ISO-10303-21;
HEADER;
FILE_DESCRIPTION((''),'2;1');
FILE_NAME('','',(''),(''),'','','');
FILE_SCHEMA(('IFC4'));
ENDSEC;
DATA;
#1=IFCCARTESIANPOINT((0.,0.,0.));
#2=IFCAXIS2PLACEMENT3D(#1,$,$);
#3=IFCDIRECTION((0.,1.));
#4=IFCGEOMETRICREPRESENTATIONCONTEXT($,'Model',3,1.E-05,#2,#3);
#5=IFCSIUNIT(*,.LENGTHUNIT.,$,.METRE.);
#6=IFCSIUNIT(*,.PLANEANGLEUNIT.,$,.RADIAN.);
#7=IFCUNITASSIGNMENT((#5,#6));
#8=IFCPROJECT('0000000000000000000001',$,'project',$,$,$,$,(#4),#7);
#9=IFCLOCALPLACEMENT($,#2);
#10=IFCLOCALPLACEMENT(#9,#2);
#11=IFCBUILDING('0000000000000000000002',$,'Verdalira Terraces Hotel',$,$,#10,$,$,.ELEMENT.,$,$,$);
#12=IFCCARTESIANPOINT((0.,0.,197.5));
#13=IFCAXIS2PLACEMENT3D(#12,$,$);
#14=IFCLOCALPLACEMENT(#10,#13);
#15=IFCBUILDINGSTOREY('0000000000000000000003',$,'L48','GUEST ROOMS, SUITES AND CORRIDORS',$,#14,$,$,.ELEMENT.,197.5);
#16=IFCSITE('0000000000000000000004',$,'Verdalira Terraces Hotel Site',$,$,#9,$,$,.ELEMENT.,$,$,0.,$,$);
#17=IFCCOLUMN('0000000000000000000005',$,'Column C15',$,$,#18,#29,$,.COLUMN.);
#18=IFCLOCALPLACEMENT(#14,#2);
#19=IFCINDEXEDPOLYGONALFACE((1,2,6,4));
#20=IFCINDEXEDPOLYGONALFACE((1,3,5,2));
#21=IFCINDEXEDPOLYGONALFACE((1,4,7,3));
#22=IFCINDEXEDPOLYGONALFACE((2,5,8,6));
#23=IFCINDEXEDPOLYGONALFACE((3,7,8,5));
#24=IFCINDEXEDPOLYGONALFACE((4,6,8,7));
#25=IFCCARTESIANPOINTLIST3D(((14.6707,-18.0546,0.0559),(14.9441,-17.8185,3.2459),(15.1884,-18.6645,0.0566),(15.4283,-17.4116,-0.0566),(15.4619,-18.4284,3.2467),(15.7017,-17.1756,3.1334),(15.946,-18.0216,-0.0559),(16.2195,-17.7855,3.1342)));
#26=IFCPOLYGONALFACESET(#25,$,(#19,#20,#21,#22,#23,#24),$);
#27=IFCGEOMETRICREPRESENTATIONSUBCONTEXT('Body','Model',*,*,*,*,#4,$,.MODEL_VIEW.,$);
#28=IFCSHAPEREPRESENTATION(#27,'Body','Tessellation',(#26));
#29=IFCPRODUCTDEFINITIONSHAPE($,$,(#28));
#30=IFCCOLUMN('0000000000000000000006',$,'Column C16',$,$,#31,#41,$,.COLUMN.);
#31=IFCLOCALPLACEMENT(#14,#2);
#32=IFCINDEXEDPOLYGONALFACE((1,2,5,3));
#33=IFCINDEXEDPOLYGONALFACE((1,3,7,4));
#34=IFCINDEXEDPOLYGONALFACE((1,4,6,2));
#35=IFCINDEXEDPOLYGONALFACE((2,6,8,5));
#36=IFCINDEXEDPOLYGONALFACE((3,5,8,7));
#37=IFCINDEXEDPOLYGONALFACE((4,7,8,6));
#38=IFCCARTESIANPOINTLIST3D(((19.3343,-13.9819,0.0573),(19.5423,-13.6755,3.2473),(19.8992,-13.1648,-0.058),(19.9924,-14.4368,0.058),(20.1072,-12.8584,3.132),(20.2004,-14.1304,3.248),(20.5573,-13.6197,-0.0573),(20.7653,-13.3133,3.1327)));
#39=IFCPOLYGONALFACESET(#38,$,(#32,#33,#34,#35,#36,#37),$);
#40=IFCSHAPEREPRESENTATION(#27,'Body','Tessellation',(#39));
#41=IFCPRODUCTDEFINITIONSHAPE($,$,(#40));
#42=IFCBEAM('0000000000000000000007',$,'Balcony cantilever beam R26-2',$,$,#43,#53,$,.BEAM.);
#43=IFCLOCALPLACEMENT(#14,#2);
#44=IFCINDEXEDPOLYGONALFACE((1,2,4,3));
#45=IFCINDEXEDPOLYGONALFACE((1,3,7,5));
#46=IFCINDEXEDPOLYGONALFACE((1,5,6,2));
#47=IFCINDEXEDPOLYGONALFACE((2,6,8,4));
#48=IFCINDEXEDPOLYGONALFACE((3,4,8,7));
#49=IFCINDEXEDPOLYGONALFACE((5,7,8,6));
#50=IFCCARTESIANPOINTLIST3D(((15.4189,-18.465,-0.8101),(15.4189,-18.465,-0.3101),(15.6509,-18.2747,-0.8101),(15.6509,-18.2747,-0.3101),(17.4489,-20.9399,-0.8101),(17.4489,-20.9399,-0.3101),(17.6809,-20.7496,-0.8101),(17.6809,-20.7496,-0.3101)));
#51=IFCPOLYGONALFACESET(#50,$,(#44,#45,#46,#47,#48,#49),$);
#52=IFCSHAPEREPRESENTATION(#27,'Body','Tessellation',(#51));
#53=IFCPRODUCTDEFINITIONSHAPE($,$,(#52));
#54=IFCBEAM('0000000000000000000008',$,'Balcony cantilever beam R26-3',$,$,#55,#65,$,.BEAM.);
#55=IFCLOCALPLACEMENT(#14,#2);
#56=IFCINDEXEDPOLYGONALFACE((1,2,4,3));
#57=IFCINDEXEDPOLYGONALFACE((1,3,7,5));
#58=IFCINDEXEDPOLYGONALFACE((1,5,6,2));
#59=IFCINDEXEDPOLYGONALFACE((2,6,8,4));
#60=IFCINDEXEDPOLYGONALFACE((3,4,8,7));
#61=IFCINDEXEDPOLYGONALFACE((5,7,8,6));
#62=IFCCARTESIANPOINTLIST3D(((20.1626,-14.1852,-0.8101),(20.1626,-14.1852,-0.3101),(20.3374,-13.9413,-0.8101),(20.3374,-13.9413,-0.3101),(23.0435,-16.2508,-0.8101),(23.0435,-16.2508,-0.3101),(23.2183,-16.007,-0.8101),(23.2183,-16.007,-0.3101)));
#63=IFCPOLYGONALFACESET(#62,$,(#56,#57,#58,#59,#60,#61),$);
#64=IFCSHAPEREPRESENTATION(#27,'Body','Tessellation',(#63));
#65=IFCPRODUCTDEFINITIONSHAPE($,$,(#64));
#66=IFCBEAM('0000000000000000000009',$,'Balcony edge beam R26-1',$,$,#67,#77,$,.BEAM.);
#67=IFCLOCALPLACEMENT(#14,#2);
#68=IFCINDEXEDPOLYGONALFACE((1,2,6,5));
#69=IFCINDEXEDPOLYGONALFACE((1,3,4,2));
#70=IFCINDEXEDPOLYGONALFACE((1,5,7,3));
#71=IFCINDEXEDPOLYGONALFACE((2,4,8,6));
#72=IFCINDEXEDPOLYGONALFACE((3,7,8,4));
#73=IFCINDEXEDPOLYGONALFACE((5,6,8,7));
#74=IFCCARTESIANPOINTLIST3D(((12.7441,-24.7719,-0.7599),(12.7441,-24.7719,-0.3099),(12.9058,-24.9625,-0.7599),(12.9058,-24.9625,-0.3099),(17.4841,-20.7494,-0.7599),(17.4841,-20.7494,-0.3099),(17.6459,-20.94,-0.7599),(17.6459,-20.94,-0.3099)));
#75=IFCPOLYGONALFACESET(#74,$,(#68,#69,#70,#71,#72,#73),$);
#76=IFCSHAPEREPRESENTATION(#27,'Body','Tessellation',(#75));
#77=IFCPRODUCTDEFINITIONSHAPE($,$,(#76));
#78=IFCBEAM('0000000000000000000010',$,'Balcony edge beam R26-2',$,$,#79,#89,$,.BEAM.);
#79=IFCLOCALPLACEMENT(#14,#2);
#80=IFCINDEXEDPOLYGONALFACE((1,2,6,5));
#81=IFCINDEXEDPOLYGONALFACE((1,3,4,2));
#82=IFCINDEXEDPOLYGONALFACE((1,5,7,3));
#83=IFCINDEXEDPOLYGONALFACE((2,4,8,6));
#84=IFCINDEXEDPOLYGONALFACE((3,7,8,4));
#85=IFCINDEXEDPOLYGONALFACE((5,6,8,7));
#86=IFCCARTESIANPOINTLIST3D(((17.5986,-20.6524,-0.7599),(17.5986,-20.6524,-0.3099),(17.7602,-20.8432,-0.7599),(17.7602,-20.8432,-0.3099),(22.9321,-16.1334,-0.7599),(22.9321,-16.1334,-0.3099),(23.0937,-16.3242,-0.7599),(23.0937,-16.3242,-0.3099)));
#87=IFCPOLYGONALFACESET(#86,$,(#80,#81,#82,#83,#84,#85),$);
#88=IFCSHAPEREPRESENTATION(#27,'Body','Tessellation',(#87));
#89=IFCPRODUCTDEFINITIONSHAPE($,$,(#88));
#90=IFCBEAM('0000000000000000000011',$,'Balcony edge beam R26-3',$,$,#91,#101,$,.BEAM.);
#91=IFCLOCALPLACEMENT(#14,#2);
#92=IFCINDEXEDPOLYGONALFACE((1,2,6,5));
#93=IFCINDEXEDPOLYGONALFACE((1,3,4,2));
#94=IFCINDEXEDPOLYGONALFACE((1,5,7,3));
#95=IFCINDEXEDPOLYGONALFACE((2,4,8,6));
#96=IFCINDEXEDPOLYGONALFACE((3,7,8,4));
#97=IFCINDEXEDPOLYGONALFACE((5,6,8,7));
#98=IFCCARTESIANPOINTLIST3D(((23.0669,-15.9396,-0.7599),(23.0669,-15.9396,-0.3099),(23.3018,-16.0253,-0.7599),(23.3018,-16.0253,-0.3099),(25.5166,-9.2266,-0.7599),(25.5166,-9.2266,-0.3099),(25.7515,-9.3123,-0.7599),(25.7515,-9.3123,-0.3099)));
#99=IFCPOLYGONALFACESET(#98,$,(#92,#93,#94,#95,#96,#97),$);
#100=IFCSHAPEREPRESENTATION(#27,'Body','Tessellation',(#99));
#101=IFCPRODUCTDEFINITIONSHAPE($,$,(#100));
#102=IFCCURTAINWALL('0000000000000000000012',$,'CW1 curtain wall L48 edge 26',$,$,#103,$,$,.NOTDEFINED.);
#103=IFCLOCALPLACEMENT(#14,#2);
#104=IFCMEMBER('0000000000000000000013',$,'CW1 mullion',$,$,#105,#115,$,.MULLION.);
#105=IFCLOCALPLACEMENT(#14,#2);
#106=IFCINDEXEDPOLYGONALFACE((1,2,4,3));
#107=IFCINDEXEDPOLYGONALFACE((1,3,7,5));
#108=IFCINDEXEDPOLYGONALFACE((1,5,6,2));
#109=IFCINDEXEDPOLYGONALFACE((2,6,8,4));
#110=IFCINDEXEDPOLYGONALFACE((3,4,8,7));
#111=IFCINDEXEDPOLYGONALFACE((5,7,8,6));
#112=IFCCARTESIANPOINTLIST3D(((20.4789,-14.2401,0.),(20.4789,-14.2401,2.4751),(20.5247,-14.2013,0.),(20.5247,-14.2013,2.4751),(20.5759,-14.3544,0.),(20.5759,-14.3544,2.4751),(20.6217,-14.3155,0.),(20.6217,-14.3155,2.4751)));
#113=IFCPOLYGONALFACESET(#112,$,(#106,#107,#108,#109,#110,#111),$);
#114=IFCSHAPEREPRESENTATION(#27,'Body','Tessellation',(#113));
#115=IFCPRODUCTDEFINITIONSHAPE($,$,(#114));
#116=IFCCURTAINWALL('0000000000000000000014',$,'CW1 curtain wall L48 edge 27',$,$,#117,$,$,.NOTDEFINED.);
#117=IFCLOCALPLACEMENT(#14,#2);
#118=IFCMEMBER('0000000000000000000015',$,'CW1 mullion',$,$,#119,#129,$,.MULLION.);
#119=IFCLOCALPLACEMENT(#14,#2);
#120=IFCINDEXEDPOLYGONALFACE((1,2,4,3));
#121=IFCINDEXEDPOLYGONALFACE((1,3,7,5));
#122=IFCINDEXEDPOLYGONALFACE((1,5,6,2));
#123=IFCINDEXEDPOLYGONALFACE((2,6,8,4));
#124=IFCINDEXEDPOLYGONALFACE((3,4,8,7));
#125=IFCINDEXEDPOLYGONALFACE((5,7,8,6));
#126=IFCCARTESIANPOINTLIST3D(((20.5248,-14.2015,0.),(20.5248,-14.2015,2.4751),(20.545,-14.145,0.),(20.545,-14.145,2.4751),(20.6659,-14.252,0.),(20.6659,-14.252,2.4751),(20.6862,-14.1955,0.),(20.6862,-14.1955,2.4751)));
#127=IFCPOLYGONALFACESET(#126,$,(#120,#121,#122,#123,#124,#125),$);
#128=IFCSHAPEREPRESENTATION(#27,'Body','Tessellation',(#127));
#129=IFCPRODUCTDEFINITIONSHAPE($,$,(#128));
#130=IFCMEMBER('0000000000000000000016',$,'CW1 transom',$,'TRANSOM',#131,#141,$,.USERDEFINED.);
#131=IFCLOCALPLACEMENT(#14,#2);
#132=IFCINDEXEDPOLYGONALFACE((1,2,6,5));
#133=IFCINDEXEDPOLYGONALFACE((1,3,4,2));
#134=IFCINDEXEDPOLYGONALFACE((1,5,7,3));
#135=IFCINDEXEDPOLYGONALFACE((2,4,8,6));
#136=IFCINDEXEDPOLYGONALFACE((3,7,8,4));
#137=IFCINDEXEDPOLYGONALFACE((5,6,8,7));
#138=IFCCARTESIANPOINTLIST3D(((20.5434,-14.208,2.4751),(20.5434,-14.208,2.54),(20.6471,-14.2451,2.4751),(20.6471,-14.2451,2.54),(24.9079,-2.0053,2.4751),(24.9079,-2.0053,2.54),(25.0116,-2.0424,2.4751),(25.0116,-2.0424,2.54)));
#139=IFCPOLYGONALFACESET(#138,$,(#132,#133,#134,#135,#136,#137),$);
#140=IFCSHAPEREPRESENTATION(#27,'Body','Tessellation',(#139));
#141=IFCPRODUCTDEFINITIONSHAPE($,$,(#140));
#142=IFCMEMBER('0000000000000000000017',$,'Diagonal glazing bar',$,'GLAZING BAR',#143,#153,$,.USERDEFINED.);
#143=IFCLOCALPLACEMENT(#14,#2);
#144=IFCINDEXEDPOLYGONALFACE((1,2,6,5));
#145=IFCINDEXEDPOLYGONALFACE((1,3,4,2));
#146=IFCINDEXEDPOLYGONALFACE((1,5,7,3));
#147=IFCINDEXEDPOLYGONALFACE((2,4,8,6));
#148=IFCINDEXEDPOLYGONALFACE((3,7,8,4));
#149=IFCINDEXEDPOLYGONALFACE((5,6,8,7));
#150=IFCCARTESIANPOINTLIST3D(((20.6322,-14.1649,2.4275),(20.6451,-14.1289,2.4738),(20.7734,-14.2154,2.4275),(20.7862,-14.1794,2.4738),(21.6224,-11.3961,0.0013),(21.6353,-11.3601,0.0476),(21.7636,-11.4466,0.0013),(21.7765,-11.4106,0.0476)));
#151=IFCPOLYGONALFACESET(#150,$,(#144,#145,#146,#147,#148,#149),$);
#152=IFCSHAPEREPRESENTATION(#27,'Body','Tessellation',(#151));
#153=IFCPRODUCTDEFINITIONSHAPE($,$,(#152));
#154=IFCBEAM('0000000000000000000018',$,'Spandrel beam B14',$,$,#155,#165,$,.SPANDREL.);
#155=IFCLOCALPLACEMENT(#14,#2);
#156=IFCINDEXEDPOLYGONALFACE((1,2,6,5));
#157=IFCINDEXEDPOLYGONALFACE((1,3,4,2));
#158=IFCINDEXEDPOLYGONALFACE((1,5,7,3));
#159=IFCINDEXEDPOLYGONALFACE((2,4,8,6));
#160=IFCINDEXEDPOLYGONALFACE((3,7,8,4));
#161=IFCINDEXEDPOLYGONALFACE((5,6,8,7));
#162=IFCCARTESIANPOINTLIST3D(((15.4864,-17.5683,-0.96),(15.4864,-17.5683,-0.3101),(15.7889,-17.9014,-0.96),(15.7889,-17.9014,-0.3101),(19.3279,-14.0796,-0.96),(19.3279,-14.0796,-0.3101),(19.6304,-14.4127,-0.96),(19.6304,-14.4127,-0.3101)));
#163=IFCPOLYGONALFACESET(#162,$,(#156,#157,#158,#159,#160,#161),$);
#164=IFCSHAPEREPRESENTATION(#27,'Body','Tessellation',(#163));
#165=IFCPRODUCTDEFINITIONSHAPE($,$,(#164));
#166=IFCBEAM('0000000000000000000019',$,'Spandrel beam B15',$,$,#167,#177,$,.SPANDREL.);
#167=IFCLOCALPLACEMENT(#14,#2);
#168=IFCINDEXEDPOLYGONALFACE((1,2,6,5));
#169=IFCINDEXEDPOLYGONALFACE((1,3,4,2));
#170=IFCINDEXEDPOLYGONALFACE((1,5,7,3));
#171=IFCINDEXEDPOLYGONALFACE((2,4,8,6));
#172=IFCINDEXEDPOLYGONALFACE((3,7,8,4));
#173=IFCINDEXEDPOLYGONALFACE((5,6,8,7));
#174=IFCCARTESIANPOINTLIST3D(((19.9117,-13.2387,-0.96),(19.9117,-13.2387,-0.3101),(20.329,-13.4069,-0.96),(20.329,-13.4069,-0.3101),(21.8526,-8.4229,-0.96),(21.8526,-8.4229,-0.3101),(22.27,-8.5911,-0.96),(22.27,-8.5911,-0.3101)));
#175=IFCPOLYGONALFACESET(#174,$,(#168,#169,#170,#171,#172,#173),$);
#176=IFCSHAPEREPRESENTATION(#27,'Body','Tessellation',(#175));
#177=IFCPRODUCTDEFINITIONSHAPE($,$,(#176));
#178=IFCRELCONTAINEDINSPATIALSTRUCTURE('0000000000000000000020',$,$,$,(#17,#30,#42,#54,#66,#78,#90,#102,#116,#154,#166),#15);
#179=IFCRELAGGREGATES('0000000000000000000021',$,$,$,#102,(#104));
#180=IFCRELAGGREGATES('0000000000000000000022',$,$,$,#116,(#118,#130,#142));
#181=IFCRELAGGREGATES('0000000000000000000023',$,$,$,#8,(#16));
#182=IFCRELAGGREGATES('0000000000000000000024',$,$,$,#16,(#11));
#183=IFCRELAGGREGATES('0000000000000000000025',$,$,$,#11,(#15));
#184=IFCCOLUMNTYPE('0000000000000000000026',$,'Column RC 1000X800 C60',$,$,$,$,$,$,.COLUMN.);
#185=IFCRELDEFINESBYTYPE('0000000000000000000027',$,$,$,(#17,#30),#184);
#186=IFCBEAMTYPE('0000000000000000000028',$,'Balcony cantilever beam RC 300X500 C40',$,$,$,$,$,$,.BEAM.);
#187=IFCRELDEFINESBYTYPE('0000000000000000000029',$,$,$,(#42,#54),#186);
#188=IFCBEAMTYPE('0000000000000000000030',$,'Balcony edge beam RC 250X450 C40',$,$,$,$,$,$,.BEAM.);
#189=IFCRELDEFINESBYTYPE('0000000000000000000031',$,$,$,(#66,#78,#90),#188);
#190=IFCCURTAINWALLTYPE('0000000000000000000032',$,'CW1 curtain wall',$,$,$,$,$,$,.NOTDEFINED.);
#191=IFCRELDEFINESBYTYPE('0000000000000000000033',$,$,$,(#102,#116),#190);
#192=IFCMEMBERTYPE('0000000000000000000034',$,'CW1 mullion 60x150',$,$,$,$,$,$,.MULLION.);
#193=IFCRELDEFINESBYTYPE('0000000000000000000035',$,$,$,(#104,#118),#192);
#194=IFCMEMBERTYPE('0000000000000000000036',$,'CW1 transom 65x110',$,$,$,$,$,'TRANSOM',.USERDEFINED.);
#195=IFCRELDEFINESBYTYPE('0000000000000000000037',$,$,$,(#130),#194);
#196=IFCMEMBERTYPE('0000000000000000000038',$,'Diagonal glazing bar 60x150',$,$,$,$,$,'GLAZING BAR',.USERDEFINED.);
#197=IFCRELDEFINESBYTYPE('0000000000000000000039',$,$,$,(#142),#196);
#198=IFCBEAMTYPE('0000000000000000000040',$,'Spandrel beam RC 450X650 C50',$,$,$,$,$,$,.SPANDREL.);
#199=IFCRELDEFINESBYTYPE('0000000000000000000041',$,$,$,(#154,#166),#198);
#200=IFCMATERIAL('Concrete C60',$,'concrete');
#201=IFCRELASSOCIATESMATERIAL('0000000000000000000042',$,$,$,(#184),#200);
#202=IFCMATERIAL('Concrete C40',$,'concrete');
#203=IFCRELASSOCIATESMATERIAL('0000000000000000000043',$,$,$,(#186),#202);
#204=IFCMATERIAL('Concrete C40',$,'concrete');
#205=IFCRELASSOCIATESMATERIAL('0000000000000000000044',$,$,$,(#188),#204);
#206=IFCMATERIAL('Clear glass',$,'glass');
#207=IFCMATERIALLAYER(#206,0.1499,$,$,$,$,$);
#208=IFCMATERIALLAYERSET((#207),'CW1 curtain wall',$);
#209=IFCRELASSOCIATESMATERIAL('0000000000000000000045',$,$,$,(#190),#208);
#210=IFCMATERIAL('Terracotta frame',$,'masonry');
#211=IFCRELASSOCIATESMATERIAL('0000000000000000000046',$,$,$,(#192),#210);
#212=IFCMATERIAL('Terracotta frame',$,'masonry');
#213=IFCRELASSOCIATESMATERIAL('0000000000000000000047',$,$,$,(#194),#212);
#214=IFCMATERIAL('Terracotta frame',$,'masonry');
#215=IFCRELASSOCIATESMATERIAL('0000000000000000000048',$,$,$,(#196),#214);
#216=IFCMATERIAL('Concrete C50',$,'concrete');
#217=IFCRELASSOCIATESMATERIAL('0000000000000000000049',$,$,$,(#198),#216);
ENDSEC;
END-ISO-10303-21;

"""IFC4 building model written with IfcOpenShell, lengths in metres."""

from ifc_helpers import new_model, si_unit, direction, frame, origin, origin_2d, place, context, subcontext, project, spatial, rectangle, extrude, material, layer, layer_set, material_profile, profile_set, type_object, element, aggregate, save


model = new_model("IFC4")

# Units and contexts
model_context = context("Model", 3, precision=1e-05, world=origin(), true_north=direction((0.0, 1.0)))
body_context = subcontext(model_context, "Body", "Model", "MODEL_VIEW")
ifc_project = project(units=[si_unit("LENGTHUNIT", "METRE"), si_unit("PLANEANGLEUNIT", "RADIAN")], contexts=[model_context])

# Site, building, storey
site_placement = place(None, origin())
site = spatial("IfcSite", under=ifc_project, at=site_placement, Name="Verdalira Terraces Hotel Site", CompositionType="ELEMENT", RefElevation=0.0)
building_placement = place(site_placement, origin())
building = spatial("IfcBuilding", under=site, at=building_placement, Name="Verdalira Terraces Hotel", CompositionType="ELEMENT")
storey_placement = place(building_placement, frame((0.0, 0.0, 197.5)))
storey = spatial("IfcBuildingStorey", under=building, at=storey_placement, Name="L48", Description="GUEST ROOMS, SUITES AND CORRIDORS", CompositionType="ELEMENT", Elevation=197.5)

# Columns
ifc_material_1 = material(Name="Concrete C60", Category="concrete")
ifc_material_profile_1 = material_profile(ifc_material_1, rectangle(XDim=1.0, YDim=0.8, at=origin_2d()), Name="RC 1000X800")
ifc_profile_set_1 = profile_set([ifc_material_profile_1], Name="Concrete C60")
column_type = type_object("IfcColumnType", Name="Column RC 1000X800 C60", PredefinedType="COLUMN", material=ifc_profile_set_1)
column_1_placement = place(storey_placement, frame((15.3084, -18.0381, 0.0), z_axis=(0.085174, 0.073539, 0.993649), x_axis=(0.75759, 0.642958, -0.112524)))
element("IfcColumn", 1, at=column_1_placement, inside=storey, type_object=column_type, Name="Column C15", PredefinedType="COLUMN", context=body_context, shape_type="SweptSolid", body=[
    extrude(rectangle(XDim=1.0, YDim=0.8, at=origin_2d()), origin(), (0.0, 0.0, 1.0), 3.2104),
])
column_2_placement = place(storey_placement, frame((19.9458, -13.8008, 0.0), z_axis=(0.064772, 0.09541, 0.993328), x_axis=(-0.564889, -0.81707, 0.115315)))
element("IfcColumn", 2, at=column_2_placement, inside=storey, type_object=column_type, Name="Column C16", PredefinedType="COLUMN", context=body_context, shape_type="SweptSolid", body=[
    extrude(rectangle(XDim=1.0, YDim=0.8, at=origin_2d()), origin(), (0.0, 0.0, 1.0), 3.2114),
])

# Beams
ifc_material_2 = material(Name="Concrete C40", Category="concrete")
ifc_material_profile_2 = material_profile(ifc_material_2, rectangle(XDim=0.3, YDim=0.5, at=origin_2d()), Name="RC 300X500")
ifc_profile_set_2 = profile_set([ifc_material_profile_2], Name="Concrete C40")
beam_type_1 = type_object("IfcBeamType", Name="Balcony cantilever beam RC 300X500 C40", PredefinedType="BEAM", material=ifc_profile_set_2)
beam_1_placement = place(storey_placement, frame((15.5349, -18.3699, -0.5601), z_axis=(0.634201, -0.773168, 0.0), x_axis=(0.773168, 0.634201, 0.0)))
element("IfcBeam", 3, at=beam_1_placement, inside=storey, type_object=beam_type_1, Name="Balcony cantilever beam R26-2", PredefinedType="BEAM", context=body_context, shape_type="SweptSolid", body=[
    extrude(rectangle(XDim=0.3, YDim=0.5, at=origin_2d()), origin(), (0.0, 0.0, 1.0), 3.2009),
])
beam_2_placement = place(storey_placement, frame((20.25, -14.0632, -0.5601), z_axis=(0.812676, -0.582716, 0.0), x_axis=(0.582716, 0.812676, 0.0)))
element("IfcBeam", 4, at=beam_2_placement, inside=storey, type_object=beam_type_1, Name="Balcony cantilever beam R26-3", PredefinedType="BEAM", context=body_context, shape_type="SweptSolid", body=[
    extrude(rectangle(XDim=0.3, YDim=0.5, at=origin_2d()), origin(), (0.0, 0.0, 1.0), 3.5449),
])
ifc_material_3 = material(Name="Concrete C40", Category="concrete")
ifc_material_profile_3 = material_profile(ifc_material_3, rectangle(XDim=0.25, YDim=0.45, at=origin_2d()), Name="RC 250X450")
ifc_profile_set_3 = profile_set([ifc_material_profile_3], Name="Concrete C40")
beam_type_2 = type_object("IfcBeamType", Name="Balcony edge beam RC 250X450 C40", PredefinedType="BEAM", material=ifc_profile_set_3)
beam_3_placement = place(storey_placement, frame((12.825, -24.8672, -0.5349), z_axis=(0.762457, 0.647038, 0.0), x_axis=(-0.647038, 0.762457, 0.0)))
element("IfcBeam", 5, at=beam_3_placement, inside=storey, type_object=beam_type_2, Name="Balcony edge beam R26-1", PredefinedType="BEAM", context=body_context, shape_type="SweptSolid", body=[
    extrude(rectangle(XDim=0.25, YDim=0.45, at=origin_2d()), origin(), (0.0, 0.0, 1.0), 6.2168),
])
beam_4_placement = place(storey_placement, frame((17.6794, -20.7478, -0.5349), z_axis=(0.762957, 0.646449, 0.0), x_axis=(-0.646449, 0.762957, 0.0)))
element("IfcBeam", 6, at=beam_4_placement, inside=storey, type_object=beam_type_2, Name="Balcony edge beam R26-2", PredefinedType="BEAM", context=body_context, shape_type="SweptSolid", body=[
    extrude(rectangle(XDim=0.25, YDim=0.45, at=origin_2d()), origin(), (0.0, 0.0, 1.0), 6.9905),
])
beam_5_placement = place(storey_placement, frame((23.1843, -15.9824, -0.5349), z_axis=(0.342813, 0.939404, 0.0), x_axis=(-0.939404, 0.342813, 0.0)))
element("IfcBeam", 7, at=beam_5_placement, inside=storey, type_object=beam_type_2, Name="Balcony edge beam R26-3", PredefinedType="BEAM", context=body_context, shape_type="SweptSolid", body=[
    extrude(rectangle(XDim=0.25, YDim=0.45, at=origin_2d()), origin(), (0.0, 0.0, 1.0), 7.146),
])

# Curtain wall, member
ifc_material_4 = material(Name="Clear glass", Category="glass")
ifc_layer_1 = layer(ifc_material_4, 0.1499)
ifc_layer_set_1 = layer_set([ifc_layer_1], Name="CW1 curtain wall")
curtain_wall_type = type_object("IfcCurtainWallType", Name="CW1 curtain wall", PredefinedType="NOTDEFINED", material=ifc_layer_set_1)
curtain_wall_1_placement = place(storey_placement, origin())
curtain_wall_1 = element("IfcCurtainWall", 8, at=curtain_wall_1_placement, inside=storey, type_object=curtain_wall_type, Name="CW1 curtain wall L48 edge 26", PredefinedType="NOTDEFINED")
ifc_material_5 = material(Name="Terracotta frame", Category="masonry")
ifc_material_profile_4 = material_profile(ifc_material_5, rectangle(XDim=0.0601, YDim=0.1499, at=origin_2d()), Name="MU 60x150")
ifc_profile_set_4 = profile_set([ifc_material_profile_4], Name="Terracotta frame")
member_type_1 = type_object("IfcMemberType", Name="CW1 mullion 60x150", PredefinedType="MULLION", material=ifc_profile_set_4)
member_1_placement = place(storey_placement, frame((20.5503, -14.2778, 0.0), z_axis=(0.0, 0.0, 1.0), x_axis=(0.762443, 0.647056, 0.0)))
member_1 = element("IfcMember", 9, at=member_1_placement, type_object=member_type_1, Name="CW1 mullion", PredefinedType="MULLION", context=body_context, shape_type="SweptSolid", body=[
    extrude(rectangle(XDim=0.0601, YDim=0.1499, at=origin_2d()), origin(), (0.0, 0.0, 1.0), 2.4751),
])

# Curtain wall, members
curtain_wall_2_placement = place(storey_placement, origin())
curtain_wall_2 = element("IfcCurtainWall", 10, at=curtain_wall_2_placement, inside=storey, type_object=curtain_wall_type, Name="CW1 curtain wall L48 edge 27", PredefinedType="NOTDEFINED")
member_2_placement = place(storey_placement, frame((20.6055, -14.1985, 0.0), z_axis=(0.0, 0.0, 1.0), x_axis=(0.336767, 0.941588, 0.0)))
member_2 = element("IfcMember", 11, at=member_2_placement, type_object=member_type_1, Name="CW1 mullion", PredefinedType="MULLION", context=body_context, shape_type="SweptSolid", body=[
    extrude(rectangle(XDim=0.0601, YDim=0.1499, at=origin_2d()), origin(), (0.0, 0.0, 1.0), 2.4751),
])
ifc_material_6 = material(Name="Terracotta frame", Category="masonry")
ifc_material_profile_5 = material_profile(ifc_material_6, rectangle(XDim=0.1101, YDim=0.0649, at=origin_2d()), Name="TR 65x110")
ifc_profile_set_5 = profile_set([ifc_material_profile_5], Name="Terracotta frame")
member_type_2 = type_object("IfcMemberType", Name="CW1 transom 65x110", ElementType="TRANSOM", PredefinedType="USERDEFINED", material=ifc_profile_set_5)
member_3_placement = place(storey_placement, frame((20.5952, -14.2266, 2.5076), z_axis=(0.336776, 0.941585, 0.0), x_axis=(-0.941585, 0.336776, 0.0)))
member_3 = element("IfcMember", 12, at=member_3_placement, type_object=member_type_2, Name="CW1 transom", ObjectType="TRANSOM", PredefinedType="USERDEFINED", context=body_context, shape_type="SweptSolid", body=[
    extrude(rectangle(XDim=0.1101, YDim=0.0649, at=origin_2d()), origin(), (0.0, 0.0, 1.0), 12.9597),
])
ifc_material_7 = material(Name="Terracotta frame", Category="masonry")
ifc_material_profile_6 = material_profile(ifc_material_7, rectangle(XDim=0.1499, YDim=0.0601, at=origin_2d()), Name="GB 60x150")
ifc_profile_set_6 = profile_set([ifc_material_profile_6], Name="Terracotta frame")
member_type_3 = type_object("IfcMemberType", Name="Diagonal glazing bar 60x150", ElementType="GLAZING BAR", PredefinedType="USERDEFINED", material=ifc_profile_set_6)
member_4_placement = place(storey_placement, frame((20.7092, -14.1721, 2.4507), z_axis=(0.259748, 0.726281, -0.636433), x_axis=(-0.941593, 0.336752, 0.0)))
member_4 = element("IfcMember", 13, at=member_4_placement, type_object=member_type_3, Name="Diagonal glazing bar", ObjectType="GLAZING BAR", PredefinedType="USERDEFINED", context=body_context, shape_type="SweptSolid", body=[
    extrude(rectangle(XDim=0.1499, YDim=0.0601, at=origin_2d()), origin(), (0.0, 0.0, 1.0), 3.8123),
])

# Beams
ifc_material_8 = material(Name="Concrete C50", Category="concrete")
ifc_material_profile_7 = material_profile(ifc_material_8, rectangle(XDim=0.45, YDim=0.6499, at=origin_2d()), Name="RC 450X650")
ifc_profile_set_7 = profile_set([ifc_material_profile_7], Name="Concrete C50")
beam_type_3 = type_object("IfcBeamType", Name="Spandrel beam RC 450X650 C50", PredefinedType="SPANDREL", material=ifc_profile_set_7)
beam_6_placement = place(storey_placement, frame((15.6377, -17.7349, -0.635), z_axis=(0.740281, 0.672298, 0.0), x_axis=(-0.672298, 0.740281, 0.0)))
element("IfcBeam", 14, at=beam_6_placement, inside=storey, type_object=beam_type_3, Name="Spandrel beam B14", PredefinedType="SPANDREL", context=body_context, shape_type="SweptSolid", body=[
    extrude(rectangle(XDim=0.45, YDim=0.6499, at=origin_2d()), origin(), (0.0, 0.0, 1.0), 5.1892),
])
beam_7_placement = place(storey_placement, frame((20.1204, -13.3228, -0.635), z_axis=(0.373822, 0.927501, 0.0), x_axis=(-0.927501, 0.373822, 0.0)))
element("IfcBeam", 15, at=beam_7_placement, inside=storey, type_object=beam_type_3, Name="Spandrel beam B15", PredefinedType="SPANDREL", context=body_context, shape_type="SweptSolid", body=[
    extrude(rectangle(XDim=0.45, YDim=0.6499, at=origin_2d()), origin(), (0.0, 0.0, 1.0), 5.1921),
])

aggregate(curtain_wall_1, [member_1])
aggregate(curtain_wall_2, [member_2, member_3, member_4])

save(model, "model.ifc")
